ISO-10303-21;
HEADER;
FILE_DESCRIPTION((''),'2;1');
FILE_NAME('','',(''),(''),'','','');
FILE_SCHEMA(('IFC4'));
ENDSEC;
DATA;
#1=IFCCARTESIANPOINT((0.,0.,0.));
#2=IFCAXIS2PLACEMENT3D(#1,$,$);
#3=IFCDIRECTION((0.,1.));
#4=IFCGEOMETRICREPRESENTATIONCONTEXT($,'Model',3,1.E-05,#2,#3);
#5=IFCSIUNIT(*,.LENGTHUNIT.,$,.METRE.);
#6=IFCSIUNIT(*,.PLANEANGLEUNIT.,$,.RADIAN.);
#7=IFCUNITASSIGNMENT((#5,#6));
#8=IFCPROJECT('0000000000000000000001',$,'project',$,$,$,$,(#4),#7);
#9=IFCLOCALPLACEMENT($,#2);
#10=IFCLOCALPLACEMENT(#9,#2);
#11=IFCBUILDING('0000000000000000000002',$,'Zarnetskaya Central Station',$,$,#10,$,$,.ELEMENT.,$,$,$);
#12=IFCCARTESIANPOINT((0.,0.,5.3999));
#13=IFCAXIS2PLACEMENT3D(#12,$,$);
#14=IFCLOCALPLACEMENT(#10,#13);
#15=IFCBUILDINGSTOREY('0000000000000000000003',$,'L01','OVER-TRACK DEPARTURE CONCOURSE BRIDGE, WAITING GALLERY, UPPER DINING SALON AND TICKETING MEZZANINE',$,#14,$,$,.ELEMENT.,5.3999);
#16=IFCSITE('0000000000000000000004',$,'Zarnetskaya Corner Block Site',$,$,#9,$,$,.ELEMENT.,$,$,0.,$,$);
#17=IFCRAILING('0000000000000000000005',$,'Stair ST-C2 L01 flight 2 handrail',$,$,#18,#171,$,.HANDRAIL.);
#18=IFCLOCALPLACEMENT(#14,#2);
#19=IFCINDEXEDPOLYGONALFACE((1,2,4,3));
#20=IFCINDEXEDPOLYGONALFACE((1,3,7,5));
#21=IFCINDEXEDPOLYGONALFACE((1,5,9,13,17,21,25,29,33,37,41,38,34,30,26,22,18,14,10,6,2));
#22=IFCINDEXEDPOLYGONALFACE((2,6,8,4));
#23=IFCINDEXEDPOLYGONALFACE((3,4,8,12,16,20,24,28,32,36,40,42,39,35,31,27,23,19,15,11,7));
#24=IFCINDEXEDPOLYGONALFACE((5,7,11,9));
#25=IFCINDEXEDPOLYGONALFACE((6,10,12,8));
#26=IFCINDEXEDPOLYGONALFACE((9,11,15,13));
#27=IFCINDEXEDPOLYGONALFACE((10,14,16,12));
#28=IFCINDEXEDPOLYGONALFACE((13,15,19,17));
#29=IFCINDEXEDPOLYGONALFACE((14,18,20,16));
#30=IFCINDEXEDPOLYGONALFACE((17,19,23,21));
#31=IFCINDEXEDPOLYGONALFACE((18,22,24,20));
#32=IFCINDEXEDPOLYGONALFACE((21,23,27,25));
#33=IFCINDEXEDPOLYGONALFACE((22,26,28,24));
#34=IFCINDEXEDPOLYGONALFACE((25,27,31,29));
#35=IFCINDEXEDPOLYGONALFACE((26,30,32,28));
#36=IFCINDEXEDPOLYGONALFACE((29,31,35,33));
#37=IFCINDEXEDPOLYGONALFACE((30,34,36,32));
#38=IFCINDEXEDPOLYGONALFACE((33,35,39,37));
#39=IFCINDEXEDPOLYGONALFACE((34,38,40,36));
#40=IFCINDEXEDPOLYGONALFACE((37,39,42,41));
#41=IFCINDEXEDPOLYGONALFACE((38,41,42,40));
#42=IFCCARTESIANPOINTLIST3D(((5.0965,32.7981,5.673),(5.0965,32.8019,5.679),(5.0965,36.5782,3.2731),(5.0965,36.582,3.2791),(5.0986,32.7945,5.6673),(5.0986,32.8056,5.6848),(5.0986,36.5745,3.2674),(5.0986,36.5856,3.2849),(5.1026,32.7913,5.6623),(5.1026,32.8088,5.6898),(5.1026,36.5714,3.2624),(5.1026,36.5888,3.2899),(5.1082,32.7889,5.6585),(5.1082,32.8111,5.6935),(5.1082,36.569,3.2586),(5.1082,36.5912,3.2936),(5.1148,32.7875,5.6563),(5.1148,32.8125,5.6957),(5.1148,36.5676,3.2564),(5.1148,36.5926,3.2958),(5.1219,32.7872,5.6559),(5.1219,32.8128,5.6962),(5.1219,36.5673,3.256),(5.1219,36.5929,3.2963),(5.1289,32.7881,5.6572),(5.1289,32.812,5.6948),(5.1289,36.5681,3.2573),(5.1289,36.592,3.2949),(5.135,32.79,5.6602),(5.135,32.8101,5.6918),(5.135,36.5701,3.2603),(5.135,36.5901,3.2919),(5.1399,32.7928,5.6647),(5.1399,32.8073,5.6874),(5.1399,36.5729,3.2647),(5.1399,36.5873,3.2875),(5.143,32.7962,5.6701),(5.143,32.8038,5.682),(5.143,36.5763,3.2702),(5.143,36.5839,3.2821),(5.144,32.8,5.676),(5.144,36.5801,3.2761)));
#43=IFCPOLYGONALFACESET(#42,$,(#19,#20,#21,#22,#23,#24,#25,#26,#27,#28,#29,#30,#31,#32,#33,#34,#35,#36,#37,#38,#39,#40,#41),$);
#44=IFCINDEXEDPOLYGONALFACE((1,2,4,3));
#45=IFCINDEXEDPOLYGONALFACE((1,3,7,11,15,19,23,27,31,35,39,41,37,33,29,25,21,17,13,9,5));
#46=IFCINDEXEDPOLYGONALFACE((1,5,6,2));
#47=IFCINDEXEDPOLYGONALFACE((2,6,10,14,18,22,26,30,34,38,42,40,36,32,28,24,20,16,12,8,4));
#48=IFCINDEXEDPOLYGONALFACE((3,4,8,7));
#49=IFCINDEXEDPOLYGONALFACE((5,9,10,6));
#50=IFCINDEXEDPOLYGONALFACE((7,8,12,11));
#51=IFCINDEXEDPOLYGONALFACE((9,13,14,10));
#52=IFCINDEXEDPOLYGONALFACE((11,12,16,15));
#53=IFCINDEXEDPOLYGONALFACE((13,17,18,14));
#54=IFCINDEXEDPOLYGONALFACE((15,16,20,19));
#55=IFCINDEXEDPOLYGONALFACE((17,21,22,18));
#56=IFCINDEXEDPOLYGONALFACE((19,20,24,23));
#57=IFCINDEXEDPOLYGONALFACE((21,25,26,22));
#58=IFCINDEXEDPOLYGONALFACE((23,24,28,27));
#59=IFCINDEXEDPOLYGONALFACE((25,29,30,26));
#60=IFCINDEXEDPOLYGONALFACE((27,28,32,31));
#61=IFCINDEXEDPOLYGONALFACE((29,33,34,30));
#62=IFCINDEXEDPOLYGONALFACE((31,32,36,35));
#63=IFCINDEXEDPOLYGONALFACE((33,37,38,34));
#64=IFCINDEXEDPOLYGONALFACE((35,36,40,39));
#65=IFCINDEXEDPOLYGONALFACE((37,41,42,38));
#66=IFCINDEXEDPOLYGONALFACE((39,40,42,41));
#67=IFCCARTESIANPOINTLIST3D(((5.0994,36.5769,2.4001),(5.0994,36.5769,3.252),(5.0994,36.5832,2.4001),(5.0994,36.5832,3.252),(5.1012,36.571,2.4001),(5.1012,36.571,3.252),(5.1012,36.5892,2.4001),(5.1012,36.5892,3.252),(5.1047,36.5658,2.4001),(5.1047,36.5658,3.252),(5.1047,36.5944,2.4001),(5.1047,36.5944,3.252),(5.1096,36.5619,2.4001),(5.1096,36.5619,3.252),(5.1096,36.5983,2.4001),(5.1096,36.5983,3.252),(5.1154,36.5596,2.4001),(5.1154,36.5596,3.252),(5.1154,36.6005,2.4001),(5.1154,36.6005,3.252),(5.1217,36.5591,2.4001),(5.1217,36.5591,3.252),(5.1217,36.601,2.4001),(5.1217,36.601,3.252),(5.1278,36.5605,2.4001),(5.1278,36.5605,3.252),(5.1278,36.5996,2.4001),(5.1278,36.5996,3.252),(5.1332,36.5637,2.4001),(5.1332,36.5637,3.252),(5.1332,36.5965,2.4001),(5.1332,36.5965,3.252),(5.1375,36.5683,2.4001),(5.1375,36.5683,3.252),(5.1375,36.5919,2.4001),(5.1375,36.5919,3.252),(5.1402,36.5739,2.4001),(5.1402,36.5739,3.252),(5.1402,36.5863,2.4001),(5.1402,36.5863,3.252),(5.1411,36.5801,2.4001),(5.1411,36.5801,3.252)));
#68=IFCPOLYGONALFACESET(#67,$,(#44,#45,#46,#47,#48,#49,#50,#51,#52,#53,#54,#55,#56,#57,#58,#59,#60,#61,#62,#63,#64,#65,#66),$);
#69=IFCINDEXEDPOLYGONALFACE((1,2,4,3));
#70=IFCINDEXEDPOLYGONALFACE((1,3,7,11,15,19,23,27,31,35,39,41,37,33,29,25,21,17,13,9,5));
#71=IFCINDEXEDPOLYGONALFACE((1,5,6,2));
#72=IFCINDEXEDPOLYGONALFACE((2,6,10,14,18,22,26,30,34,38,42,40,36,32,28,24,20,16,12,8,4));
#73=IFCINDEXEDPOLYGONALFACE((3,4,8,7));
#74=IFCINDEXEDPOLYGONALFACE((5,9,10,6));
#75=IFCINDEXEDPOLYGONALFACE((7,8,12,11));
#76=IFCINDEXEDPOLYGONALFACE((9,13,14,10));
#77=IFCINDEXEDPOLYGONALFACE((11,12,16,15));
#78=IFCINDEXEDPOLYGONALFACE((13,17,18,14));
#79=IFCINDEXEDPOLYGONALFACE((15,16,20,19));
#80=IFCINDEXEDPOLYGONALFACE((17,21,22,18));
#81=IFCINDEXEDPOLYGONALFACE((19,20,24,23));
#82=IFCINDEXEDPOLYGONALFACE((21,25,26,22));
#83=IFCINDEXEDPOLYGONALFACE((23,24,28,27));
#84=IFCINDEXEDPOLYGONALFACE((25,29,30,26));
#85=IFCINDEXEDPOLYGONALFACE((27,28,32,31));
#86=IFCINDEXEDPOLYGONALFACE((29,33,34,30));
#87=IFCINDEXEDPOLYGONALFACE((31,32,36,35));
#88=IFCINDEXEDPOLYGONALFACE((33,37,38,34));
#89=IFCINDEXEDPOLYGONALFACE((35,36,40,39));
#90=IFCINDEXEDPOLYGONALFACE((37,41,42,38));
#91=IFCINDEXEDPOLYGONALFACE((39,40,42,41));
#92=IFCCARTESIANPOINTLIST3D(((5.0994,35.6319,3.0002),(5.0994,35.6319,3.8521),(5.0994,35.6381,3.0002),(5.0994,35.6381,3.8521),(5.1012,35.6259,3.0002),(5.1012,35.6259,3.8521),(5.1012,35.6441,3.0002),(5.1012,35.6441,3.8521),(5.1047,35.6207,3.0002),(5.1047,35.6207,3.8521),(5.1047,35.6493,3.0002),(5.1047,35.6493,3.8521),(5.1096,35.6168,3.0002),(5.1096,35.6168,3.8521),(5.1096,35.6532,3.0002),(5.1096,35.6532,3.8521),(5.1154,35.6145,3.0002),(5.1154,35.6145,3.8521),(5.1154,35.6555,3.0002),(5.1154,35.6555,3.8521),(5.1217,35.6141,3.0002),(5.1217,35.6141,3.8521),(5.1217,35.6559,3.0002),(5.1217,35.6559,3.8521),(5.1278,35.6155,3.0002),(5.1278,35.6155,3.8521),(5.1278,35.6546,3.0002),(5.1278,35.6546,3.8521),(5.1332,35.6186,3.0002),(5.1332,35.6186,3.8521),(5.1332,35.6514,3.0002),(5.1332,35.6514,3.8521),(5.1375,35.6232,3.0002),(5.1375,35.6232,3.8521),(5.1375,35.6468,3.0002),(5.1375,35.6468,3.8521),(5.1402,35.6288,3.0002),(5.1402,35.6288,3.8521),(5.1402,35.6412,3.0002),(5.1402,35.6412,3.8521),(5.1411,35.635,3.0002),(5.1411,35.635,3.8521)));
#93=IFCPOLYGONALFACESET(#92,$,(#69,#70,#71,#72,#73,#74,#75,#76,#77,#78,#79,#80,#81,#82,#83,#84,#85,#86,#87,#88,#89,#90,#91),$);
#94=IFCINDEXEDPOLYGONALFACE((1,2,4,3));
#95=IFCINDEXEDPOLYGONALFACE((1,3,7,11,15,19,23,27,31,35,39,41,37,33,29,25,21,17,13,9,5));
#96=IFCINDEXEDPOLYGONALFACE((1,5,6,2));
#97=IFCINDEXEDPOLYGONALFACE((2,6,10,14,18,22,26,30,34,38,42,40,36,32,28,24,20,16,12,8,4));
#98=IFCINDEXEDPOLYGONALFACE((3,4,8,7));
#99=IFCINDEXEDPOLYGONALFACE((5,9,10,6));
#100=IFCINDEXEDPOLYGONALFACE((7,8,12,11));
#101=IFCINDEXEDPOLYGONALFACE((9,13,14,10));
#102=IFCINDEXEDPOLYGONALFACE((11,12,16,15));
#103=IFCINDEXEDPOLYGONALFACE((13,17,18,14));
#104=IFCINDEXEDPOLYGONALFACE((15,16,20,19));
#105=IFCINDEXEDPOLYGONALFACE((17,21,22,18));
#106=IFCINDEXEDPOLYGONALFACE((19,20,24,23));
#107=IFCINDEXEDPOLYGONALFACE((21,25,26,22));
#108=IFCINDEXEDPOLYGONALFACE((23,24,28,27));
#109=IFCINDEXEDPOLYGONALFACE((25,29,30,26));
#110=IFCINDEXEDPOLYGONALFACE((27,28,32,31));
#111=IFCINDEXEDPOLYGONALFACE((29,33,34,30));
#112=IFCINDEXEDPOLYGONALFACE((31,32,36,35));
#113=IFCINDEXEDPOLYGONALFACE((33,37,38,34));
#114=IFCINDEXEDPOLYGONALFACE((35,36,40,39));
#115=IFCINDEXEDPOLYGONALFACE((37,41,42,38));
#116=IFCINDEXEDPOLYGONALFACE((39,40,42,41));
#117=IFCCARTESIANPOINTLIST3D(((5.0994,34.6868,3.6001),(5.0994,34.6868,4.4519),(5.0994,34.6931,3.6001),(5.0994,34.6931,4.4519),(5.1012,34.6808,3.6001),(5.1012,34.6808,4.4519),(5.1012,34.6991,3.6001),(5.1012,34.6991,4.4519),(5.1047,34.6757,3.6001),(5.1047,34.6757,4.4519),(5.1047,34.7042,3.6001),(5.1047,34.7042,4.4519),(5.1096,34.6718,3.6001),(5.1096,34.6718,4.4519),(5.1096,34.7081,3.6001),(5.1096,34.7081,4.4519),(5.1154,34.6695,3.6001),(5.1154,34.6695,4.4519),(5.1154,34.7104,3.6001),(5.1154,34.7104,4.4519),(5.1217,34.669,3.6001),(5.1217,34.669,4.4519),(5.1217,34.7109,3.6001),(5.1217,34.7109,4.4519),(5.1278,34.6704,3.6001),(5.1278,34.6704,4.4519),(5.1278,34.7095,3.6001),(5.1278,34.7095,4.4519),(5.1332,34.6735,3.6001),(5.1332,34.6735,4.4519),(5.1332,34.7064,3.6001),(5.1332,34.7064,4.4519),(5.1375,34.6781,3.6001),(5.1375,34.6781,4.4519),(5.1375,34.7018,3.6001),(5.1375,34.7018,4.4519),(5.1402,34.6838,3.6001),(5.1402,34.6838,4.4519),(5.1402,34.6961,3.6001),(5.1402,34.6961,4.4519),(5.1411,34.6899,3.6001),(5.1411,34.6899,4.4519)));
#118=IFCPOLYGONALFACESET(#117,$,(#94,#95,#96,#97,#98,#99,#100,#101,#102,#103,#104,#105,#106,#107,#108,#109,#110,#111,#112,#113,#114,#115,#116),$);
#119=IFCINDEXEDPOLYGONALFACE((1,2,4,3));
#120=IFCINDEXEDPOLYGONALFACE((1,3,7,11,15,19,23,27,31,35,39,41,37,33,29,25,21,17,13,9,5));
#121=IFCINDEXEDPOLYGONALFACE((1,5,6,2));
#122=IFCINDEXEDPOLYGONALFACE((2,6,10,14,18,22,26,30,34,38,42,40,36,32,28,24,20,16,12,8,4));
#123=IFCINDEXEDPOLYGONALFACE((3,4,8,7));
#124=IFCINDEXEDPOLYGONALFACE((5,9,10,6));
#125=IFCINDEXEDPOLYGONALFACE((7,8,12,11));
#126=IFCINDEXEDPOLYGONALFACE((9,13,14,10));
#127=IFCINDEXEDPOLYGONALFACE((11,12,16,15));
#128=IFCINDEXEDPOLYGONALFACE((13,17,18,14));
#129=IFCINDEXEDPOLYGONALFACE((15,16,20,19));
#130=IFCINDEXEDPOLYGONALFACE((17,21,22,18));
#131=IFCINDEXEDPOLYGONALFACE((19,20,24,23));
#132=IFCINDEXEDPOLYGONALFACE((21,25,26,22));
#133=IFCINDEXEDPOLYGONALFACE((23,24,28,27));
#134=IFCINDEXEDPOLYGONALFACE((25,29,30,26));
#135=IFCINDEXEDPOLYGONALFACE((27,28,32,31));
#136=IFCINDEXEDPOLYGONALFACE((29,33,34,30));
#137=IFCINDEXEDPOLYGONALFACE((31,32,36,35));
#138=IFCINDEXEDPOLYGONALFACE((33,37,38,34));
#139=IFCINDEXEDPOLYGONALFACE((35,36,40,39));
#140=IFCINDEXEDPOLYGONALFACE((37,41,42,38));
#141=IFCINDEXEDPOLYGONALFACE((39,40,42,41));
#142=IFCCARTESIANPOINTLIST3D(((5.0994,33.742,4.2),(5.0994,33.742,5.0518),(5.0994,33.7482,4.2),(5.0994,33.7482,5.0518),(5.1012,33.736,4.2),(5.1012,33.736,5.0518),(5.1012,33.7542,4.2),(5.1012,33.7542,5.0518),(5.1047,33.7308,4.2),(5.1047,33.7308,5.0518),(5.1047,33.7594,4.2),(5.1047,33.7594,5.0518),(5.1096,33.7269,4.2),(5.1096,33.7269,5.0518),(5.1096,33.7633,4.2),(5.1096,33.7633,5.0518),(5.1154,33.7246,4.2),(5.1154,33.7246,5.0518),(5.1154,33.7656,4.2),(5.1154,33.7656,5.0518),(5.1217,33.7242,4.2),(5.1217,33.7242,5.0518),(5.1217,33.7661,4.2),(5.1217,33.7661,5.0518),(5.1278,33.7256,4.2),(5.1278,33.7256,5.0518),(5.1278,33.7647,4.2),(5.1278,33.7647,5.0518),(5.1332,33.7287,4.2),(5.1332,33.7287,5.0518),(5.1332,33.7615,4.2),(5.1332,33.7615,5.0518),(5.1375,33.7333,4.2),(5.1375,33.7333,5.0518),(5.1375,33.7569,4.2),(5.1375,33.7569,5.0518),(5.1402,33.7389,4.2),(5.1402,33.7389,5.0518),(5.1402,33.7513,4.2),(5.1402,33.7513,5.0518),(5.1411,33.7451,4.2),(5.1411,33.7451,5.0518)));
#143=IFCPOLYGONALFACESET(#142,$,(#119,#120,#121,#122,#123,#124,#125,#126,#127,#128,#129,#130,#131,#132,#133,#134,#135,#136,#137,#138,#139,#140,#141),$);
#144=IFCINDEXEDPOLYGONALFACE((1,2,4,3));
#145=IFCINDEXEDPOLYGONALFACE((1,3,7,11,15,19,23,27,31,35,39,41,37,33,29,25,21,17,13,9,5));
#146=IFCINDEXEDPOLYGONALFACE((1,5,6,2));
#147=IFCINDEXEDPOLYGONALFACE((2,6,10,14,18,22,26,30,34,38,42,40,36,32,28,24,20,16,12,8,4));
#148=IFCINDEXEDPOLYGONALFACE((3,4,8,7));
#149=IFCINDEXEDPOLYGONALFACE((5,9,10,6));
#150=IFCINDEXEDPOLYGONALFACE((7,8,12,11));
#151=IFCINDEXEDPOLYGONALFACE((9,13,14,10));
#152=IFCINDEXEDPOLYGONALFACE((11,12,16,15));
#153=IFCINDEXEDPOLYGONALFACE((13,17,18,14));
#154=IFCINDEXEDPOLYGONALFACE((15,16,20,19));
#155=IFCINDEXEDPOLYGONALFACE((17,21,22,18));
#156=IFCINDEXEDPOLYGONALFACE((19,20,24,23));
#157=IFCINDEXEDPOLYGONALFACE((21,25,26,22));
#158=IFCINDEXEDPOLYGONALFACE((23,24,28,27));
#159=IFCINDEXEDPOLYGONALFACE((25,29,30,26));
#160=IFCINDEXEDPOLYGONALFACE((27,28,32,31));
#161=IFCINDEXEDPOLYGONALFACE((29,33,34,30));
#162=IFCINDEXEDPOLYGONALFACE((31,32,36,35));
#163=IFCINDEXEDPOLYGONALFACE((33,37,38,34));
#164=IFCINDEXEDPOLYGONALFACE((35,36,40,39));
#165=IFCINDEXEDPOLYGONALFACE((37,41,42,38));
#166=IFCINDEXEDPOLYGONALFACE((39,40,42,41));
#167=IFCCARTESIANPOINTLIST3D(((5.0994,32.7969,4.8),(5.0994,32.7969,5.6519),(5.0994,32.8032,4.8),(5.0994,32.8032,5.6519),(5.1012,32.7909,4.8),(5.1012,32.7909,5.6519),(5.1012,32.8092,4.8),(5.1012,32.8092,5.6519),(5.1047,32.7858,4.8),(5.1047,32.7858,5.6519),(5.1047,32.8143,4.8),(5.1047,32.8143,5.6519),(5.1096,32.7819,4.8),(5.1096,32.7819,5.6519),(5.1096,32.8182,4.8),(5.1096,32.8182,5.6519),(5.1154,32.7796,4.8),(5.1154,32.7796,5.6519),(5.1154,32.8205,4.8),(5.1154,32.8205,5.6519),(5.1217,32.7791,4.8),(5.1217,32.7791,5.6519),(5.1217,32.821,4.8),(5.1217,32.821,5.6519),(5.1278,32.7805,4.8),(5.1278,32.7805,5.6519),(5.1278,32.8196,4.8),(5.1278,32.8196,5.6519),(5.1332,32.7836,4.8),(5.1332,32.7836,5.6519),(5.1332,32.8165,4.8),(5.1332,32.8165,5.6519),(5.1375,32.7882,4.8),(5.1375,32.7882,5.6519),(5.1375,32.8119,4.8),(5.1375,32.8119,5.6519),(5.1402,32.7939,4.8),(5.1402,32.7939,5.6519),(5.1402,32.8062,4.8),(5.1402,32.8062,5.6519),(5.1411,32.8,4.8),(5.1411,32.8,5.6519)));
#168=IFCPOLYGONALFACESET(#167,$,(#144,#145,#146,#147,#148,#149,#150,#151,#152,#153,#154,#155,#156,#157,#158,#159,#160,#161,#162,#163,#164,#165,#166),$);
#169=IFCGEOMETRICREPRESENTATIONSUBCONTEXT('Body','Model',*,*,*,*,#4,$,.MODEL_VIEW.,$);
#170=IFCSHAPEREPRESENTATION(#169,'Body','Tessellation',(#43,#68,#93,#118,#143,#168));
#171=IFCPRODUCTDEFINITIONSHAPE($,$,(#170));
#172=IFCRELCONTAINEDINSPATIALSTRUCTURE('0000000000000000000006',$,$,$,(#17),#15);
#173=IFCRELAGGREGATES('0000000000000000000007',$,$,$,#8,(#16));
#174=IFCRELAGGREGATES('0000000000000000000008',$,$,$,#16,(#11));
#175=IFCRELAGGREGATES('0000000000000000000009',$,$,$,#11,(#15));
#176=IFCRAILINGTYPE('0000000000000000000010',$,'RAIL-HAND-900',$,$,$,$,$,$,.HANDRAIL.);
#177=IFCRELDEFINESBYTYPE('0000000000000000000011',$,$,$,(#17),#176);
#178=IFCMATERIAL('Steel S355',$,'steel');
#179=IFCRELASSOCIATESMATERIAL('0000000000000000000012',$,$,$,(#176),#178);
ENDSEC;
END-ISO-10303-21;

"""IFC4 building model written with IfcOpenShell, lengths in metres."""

from ifc_helpers import new_model, si_unit, direction, frame, origin, origin_2d, place, context, subcontext, project, spatial, circle, extrude, material, type_object, element, save


model = new_model("IFC4")

# Units and contexts
model_context = context("Model", 3, precision=1e-05, world=origin(), true_north=direction((0.0, 1.0)))
body_context = subcontext(model_context, "Body", "Model", "MODEL_VIEW")
ifc_project = project(units=[si_unit("LENGTHUNIT", "METRE"), si_unit("PLANEANGLEUNIT", "RADIAN")], contexts=[model_context])

# Site, building, storey
site_placement = place(None, origin())
site = spatial("IfcSite", under=ifc_project, at=site_placement, Name="Zarnetskaya Corner Block Site", CompositionType="ELEMENT", RefElevation=0.0)
building_placement = place(site_placement, origin())
building = spatial("IfcBuilding", under=site, at=building_placement, Name="Zarnetskaya Central Station", CompositionType="ELEMENT")
storey_placement = place(building_placement, frame((0.0, 0.0, 5.3999)))
storey = spatial("IfcBuildingStorey", under=building, at=storey_placement, Name="L01", Description="OVER-TRACK DEPARTURE CONCOURSE BRIDGE, WAITING GALLERY, UPPER DINING SALON AND TICKETING MEZZANINE", CompositionType="ELEMENT", Elevation=5.3999)

# Shared definitions
ifc_material_1 = material(Name="Steel S355", Category="steel")

# Railing
railing_type_1 = type_object("IfcRailingType", Name="RAIL-HAND-900", PredefinedType="HANDRAIL", material=ifc_material_1)
railing_1_placement = place(storey_placement, frame((5.1201, 36.5801, 2.4001)))
element("IfcRailing", 1, at=railing_1_placement, inside=storey, type_object=railing_type_1, Name="Stair ST-C2 L01 flight 2 handrail", PredefinedType="HANDRAIL", context=body_context, shape_type="SweptSolid", body=[
    extrude(circle(Radius=0.0239, at=origin_2d()), frame((0.0, 0.0, 0.876), z_axis=(0.0, -0.844225, 0.53599), x_axis=(1.0, 0.0, 0.0)), (0.0, 0.0, 1.0), 4.4775),
    extrude(circle(Radius=0.021, at=origin_2d()), origin(), (0.0, 0.0, 1.0), 0.8518),
    extrude(circle(Radius=0.021, at=origin_2d()), frame((0.0, -0.9451, 0.6001)), (0.0, 0.0, 1.0), 0.8518),
    extrude(circle(Radius=0.021, at=origin_2d()), frame((0.0, -1.8901, 1.2)), (0.0, 0.0, 1.0), 0.8518),
    extrude(circle(Radius=0.021, at=origin_2d()), frame((0.0, -2.835, 1.7998)), (0.0, 0.0, 1.0), 0.8518),
    extrude(circle(Radius=0.021, at=origin_2d()), frame((0.0, -3.78, 2.3999)), (0.0, 0.0, 1.0), 0.8518),
])

save(model, "model.ifc")
